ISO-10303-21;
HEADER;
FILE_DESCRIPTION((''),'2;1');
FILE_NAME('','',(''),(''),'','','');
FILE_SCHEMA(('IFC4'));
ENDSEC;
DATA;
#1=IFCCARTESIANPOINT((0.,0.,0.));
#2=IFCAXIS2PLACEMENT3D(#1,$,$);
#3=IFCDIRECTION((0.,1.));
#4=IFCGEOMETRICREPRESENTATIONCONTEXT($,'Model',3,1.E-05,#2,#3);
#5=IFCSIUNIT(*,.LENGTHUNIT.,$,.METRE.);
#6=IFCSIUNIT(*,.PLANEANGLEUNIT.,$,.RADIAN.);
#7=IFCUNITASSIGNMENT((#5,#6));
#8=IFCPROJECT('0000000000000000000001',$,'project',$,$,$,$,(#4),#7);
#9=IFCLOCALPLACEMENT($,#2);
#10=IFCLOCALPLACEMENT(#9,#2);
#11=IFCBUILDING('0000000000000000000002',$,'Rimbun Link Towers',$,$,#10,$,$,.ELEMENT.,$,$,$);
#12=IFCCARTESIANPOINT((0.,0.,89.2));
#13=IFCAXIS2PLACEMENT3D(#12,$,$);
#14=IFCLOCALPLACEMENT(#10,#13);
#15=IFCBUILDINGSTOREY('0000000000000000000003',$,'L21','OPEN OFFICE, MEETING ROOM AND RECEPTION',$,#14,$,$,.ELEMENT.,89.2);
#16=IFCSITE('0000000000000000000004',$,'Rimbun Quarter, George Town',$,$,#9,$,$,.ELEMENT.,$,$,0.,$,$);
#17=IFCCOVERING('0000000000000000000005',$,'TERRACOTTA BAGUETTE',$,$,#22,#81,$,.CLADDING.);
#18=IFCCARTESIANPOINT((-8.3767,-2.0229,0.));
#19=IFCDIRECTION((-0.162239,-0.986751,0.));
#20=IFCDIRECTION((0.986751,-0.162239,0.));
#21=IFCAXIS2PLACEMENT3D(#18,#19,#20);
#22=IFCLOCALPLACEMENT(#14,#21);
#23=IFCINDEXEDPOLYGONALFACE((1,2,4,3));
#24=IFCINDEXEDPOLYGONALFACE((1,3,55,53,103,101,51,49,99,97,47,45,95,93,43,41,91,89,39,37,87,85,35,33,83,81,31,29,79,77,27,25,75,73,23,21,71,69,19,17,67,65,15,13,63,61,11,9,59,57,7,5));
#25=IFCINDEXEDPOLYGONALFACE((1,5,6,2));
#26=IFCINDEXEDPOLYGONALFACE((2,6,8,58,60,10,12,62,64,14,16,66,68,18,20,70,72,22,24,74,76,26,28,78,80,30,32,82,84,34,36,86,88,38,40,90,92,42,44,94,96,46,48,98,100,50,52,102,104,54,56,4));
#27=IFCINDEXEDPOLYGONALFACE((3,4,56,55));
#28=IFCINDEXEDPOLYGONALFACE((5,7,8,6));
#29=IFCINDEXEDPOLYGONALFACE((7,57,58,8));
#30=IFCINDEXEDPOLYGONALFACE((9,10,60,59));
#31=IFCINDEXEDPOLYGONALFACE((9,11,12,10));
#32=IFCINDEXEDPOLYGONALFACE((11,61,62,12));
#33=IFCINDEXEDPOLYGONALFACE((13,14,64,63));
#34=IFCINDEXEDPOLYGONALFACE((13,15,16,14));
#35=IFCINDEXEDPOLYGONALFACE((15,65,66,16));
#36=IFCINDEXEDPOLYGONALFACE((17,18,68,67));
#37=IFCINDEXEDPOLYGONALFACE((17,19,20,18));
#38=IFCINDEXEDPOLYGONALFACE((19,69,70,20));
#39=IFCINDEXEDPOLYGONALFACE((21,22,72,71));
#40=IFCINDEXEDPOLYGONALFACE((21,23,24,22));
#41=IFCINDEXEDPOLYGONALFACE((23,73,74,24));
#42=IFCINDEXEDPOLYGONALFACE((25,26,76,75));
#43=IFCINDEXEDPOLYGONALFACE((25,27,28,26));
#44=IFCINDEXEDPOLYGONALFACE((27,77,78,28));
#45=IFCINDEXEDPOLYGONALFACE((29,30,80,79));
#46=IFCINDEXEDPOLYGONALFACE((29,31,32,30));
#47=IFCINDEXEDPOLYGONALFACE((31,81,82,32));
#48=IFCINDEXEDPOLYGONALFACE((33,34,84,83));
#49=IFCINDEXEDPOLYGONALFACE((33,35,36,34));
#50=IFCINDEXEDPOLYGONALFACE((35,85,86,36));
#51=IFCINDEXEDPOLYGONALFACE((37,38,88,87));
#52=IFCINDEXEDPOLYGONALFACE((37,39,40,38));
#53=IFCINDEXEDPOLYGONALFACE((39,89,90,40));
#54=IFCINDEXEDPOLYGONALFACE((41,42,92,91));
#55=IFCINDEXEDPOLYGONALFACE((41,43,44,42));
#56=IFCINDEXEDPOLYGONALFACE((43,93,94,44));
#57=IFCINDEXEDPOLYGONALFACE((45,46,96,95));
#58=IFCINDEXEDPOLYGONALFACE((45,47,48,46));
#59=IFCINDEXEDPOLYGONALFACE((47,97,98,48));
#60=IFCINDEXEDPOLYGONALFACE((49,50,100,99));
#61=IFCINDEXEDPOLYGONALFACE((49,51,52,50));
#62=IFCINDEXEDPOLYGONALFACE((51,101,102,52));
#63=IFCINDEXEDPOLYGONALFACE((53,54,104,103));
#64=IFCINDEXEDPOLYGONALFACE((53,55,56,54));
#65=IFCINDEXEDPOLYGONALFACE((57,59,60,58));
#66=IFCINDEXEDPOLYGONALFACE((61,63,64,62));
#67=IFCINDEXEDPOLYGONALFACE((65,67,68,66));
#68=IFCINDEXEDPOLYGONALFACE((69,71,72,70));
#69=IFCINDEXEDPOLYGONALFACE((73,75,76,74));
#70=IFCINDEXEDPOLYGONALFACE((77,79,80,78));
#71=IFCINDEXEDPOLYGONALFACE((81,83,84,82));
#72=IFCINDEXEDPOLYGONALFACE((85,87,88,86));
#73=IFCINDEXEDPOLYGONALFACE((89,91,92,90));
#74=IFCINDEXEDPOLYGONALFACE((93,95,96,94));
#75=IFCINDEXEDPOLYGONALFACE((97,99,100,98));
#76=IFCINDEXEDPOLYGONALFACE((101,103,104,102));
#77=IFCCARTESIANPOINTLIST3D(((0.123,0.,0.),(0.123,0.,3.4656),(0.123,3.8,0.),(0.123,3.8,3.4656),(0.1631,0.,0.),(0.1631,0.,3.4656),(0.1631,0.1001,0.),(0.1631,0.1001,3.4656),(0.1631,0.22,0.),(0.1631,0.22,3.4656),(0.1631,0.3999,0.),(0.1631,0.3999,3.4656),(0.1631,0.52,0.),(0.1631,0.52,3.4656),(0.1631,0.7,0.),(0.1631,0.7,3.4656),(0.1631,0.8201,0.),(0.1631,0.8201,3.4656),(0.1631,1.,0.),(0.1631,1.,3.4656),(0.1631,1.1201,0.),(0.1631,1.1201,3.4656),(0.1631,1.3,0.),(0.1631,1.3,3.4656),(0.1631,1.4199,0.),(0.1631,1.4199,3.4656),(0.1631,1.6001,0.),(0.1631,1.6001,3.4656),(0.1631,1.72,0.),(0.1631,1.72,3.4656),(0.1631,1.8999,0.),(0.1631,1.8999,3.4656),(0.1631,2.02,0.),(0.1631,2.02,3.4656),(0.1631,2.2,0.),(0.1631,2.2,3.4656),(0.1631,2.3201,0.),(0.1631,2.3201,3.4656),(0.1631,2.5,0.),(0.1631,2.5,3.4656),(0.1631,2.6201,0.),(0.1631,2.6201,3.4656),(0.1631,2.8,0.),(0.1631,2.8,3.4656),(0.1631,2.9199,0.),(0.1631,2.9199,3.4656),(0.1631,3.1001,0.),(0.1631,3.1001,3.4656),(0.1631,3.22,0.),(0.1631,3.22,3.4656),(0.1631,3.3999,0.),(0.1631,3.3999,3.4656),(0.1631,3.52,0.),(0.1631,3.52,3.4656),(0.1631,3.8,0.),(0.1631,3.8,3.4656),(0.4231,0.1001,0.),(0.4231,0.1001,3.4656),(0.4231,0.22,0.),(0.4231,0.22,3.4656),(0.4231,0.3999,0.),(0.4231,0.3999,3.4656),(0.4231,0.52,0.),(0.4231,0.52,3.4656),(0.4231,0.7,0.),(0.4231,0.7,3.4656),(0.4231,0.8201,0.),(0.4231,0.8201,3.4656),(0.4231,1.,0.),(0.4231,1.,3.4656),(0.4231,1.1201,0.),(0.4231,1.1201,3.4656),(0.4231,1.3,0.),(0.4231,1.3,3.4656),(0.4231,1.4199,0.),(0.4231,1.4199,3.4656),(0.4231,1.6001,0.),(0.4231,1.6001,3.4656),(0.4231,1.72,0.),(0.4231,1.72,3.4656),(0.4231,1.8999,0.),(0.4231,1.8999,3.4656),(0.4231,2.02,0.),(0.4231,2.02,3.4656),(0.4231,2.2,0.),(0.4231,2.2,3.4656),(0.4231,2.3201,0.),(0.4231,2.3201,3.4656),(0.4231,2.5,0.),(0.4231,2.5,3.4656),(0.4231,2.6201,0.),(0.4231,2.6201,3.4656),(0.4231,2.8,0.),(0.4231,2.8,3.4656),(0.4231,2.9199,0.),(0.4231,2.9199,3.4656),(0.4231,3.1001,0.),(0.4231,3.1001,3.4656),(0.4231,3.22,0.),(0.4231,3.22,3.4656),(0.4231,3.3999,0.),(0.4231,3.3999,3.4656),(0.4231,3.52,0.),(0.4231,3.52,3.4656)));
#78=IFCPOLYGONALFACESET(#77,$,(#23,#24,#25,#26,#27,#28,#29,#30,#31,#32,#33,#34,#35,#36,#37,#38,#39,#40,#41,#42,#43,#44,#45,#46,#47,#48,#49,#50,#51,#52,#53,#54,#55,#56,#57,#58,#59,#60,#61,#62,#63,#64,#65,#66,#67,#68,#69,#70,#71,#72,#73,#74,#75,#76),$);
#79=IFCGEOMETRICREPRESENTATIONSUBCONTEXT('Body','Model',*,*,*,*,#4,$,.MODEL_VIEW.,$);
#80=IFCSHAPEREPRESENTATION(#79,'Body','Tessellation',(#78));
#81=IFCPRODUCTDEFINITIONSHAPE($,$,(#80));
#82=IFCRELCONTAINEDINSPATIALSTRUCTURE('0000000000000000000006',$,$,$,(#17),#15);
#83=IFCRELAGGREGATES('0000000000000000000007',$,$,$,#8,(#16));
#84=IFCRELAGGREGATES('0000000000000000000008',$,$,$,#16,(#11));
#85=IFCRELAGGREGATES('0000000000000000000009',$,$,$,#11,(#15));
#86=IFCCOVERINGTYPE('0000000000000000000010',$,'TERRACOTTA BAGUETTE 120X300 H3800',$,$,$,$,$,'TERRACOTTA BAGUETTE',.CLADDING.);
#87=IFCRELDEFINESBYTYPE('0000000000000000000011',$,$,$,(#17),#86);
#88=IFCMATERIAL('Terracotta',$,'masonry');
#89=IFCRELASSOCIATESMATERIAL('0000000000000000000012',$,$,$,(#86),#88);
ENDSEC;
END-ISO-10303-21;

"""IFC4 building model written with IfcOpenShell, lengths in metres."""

from ifc_helpers import new_model, si_unit, direction, frame, origin, place, context, subcontext, project, spatial, polyline, outline, extrude, material, material_profile, profile_set, type_object, element, save


model = new_model("IFC4")

# Units and contexts
model_context = context("Model", 3, precision=1e-05, world=origin(), true_north=direction((0.0, 1.0)))
body_context = subcontext(model_context, "Body", "Model", "MODEL_VIEW")
ifc_project = project(units=[si_unit("LENGTHUNIT", "METRE"), si_unit("PLANEANGLEUNIT", "RADIAN")], contexts=[model_context])

# Site, building, storey
site_placement = place(None, origin())
site = spatial("IfcSite", under=ifc_project, at=site_placement, Name="Rimbun Quarter, George Town", CompositionType="ELEMENT", RefElevation=0.0)
building_placement = place(site_placement, origin())
building = spatial("IfcBuilding", under=site, at=building_placement, Name="Rimbun Link Towers", CompositionType="ELEMENT")
storey_placement = place(building_placement, frame((0.0, 0.0, 89.2)))
storey = spatial("IfcBuildingStorey", under=building, at=storey_placement, Name="L21", Description="OPEN OFFICE, MEETING ROOM AND RECEPTION", CompositionType="ELEMENT", Elevation=89.2)

# Covering
ifc_material_1 = material(Name="Terracotta", Category="masonry")
ifc_material_profile_1 = material_profile(ifc_material_1, outline(polyline([(0.123, 0.0), (0.1631, 0.0), (0.1631, 0.1001), (0.4231, 0.1001), (0.4231, 0.22), (0.1631, 0.22), (0.1631, 0.3999), (0.4231, 0.3999), (0.4231, 0.52), (0.1631, 0.52), (0.1631, 0.7), (0.4231, 0.7), (0.4231, 0.8201), (0.1631, 0.8201), (0.1631, 1.0), (0.4231, 1.0), (0.4231, 1.1201), (0.1631, 1.1201), (0.1631, 1.3), (0.4231, 1.3), (0.4231, 1.4199), (0.1631, 1.4199), (0.1631, 1.6001), (0.4231, 1.6001), (0.4231, 1.72), (0.1631, 1.72), (0.1631, 1.8999), (0.4231, 1.8999), (0.4231, 2.02), (0.1631, 2.02), (0.1631, 2.2), (0.4231, 2.2), (0.4231, 2.3201), (0.1631, 2.3201), (0.1631, 2.5), (0.4231, 2.5), (0.4231, 2.6201), (0.1631, 2.6201), (0.1631, 2.8), (0.4231, 2.8), (0.4231, 2.9199), (0.1631, 2.9199), (0.1631, 3.1001), (0.4231, 3.1001), (0.4231, 3.22), (0.1631, 3.22), (0.1631, 3.3999), (0.4231, 3.3999), (0.4231, 3.52), (0.1631, 3.52), (0.1631, 3.8), (0.123, 3.8), (0.123, 0.0)])), Name="BAGUETTE 120X300")
ifc_profile_set_1 = profile_set([ifc_material_profile_1], Name="Terracotta")
covering_type = type_object("IfcCoveringType", Name="TERRACOTTA BAGUETTE 120X300 H3800", ElementType="TERRACOTTA BAGUETTE", PredefinedType="CLADDING", material=ifc_profile_set_1)
covering_1_placement = place(storey_placement, frame((-8.3767, -2.0229, 0.0), z_axis=(-0.162239, -0.986751, 0.0), x_axis=(0.986751, -0.162239, 0.0)))
element("IfcCovering", 1, at=covering_1_placement, inside=storey, type_object=covering_type, Name="TERRACOTTA BAGUETTE", PredefinedType="CLADDING", context=body_context, shape_type="SweptSolid", body=[
    extrude(outline(polyline([(0.123, 0.0), (0.1631, 0.0), (0.1631, 0.1001), (0.4231, 0.1001), (0.4231, 0.22), (0.1631, 0.22), (0.1631, 0.3999), (0.4231, 0.3999), (0.4231, 0.52), (0.1631, 0.52), (0.1631, 0.7), (0.4231, 0.7), (0.4231, 0.8201), (0.1631, 0.8201), (0.1631, 1.0), (0.4231, 1.0), (0.4231, 1.1201), (0.1631, 1.1201), (0.1631, 1.3), (0.4231, 1.3), (0.4231, 1.4199), (0.1631, 1.4199), (0.1631, 1.6001), (0.4231, 1.6001), (0.4231, 1.72), (0.1631, 1.72), (0.1631, 1.8999), (0.4231, 1.8999), (0.4231, 2.02), (0.1631, 2.02), (0.1631, 2.2), (0.4231, 2.2), (0.4231, 2.3201), (0.1631, 2.3201), (0.1631, 2.5), (0.4231, 2.5), (0.4231, 2.6201), (0.1631, 2.6201), (0.1631, 2.8), (0.4231, 2.8), (0.4231, 2.9199), (0.1631, 2.9199), (0.1631, 3.1001), (0.4231, 3.1001), (0.4231, 3.22), (0.1631, 3.22), (0.1631, 3.3999), (0.4231, 3.3999), (0.4231, 3.52), (0.1631, 3.52), (0.1631, 3.8), (0.123, 3.8), (0.123, 0.0)])), origin(), (0.0, 0.0, 1.0), 3.4656),
])

save(model, "model.ifc")
